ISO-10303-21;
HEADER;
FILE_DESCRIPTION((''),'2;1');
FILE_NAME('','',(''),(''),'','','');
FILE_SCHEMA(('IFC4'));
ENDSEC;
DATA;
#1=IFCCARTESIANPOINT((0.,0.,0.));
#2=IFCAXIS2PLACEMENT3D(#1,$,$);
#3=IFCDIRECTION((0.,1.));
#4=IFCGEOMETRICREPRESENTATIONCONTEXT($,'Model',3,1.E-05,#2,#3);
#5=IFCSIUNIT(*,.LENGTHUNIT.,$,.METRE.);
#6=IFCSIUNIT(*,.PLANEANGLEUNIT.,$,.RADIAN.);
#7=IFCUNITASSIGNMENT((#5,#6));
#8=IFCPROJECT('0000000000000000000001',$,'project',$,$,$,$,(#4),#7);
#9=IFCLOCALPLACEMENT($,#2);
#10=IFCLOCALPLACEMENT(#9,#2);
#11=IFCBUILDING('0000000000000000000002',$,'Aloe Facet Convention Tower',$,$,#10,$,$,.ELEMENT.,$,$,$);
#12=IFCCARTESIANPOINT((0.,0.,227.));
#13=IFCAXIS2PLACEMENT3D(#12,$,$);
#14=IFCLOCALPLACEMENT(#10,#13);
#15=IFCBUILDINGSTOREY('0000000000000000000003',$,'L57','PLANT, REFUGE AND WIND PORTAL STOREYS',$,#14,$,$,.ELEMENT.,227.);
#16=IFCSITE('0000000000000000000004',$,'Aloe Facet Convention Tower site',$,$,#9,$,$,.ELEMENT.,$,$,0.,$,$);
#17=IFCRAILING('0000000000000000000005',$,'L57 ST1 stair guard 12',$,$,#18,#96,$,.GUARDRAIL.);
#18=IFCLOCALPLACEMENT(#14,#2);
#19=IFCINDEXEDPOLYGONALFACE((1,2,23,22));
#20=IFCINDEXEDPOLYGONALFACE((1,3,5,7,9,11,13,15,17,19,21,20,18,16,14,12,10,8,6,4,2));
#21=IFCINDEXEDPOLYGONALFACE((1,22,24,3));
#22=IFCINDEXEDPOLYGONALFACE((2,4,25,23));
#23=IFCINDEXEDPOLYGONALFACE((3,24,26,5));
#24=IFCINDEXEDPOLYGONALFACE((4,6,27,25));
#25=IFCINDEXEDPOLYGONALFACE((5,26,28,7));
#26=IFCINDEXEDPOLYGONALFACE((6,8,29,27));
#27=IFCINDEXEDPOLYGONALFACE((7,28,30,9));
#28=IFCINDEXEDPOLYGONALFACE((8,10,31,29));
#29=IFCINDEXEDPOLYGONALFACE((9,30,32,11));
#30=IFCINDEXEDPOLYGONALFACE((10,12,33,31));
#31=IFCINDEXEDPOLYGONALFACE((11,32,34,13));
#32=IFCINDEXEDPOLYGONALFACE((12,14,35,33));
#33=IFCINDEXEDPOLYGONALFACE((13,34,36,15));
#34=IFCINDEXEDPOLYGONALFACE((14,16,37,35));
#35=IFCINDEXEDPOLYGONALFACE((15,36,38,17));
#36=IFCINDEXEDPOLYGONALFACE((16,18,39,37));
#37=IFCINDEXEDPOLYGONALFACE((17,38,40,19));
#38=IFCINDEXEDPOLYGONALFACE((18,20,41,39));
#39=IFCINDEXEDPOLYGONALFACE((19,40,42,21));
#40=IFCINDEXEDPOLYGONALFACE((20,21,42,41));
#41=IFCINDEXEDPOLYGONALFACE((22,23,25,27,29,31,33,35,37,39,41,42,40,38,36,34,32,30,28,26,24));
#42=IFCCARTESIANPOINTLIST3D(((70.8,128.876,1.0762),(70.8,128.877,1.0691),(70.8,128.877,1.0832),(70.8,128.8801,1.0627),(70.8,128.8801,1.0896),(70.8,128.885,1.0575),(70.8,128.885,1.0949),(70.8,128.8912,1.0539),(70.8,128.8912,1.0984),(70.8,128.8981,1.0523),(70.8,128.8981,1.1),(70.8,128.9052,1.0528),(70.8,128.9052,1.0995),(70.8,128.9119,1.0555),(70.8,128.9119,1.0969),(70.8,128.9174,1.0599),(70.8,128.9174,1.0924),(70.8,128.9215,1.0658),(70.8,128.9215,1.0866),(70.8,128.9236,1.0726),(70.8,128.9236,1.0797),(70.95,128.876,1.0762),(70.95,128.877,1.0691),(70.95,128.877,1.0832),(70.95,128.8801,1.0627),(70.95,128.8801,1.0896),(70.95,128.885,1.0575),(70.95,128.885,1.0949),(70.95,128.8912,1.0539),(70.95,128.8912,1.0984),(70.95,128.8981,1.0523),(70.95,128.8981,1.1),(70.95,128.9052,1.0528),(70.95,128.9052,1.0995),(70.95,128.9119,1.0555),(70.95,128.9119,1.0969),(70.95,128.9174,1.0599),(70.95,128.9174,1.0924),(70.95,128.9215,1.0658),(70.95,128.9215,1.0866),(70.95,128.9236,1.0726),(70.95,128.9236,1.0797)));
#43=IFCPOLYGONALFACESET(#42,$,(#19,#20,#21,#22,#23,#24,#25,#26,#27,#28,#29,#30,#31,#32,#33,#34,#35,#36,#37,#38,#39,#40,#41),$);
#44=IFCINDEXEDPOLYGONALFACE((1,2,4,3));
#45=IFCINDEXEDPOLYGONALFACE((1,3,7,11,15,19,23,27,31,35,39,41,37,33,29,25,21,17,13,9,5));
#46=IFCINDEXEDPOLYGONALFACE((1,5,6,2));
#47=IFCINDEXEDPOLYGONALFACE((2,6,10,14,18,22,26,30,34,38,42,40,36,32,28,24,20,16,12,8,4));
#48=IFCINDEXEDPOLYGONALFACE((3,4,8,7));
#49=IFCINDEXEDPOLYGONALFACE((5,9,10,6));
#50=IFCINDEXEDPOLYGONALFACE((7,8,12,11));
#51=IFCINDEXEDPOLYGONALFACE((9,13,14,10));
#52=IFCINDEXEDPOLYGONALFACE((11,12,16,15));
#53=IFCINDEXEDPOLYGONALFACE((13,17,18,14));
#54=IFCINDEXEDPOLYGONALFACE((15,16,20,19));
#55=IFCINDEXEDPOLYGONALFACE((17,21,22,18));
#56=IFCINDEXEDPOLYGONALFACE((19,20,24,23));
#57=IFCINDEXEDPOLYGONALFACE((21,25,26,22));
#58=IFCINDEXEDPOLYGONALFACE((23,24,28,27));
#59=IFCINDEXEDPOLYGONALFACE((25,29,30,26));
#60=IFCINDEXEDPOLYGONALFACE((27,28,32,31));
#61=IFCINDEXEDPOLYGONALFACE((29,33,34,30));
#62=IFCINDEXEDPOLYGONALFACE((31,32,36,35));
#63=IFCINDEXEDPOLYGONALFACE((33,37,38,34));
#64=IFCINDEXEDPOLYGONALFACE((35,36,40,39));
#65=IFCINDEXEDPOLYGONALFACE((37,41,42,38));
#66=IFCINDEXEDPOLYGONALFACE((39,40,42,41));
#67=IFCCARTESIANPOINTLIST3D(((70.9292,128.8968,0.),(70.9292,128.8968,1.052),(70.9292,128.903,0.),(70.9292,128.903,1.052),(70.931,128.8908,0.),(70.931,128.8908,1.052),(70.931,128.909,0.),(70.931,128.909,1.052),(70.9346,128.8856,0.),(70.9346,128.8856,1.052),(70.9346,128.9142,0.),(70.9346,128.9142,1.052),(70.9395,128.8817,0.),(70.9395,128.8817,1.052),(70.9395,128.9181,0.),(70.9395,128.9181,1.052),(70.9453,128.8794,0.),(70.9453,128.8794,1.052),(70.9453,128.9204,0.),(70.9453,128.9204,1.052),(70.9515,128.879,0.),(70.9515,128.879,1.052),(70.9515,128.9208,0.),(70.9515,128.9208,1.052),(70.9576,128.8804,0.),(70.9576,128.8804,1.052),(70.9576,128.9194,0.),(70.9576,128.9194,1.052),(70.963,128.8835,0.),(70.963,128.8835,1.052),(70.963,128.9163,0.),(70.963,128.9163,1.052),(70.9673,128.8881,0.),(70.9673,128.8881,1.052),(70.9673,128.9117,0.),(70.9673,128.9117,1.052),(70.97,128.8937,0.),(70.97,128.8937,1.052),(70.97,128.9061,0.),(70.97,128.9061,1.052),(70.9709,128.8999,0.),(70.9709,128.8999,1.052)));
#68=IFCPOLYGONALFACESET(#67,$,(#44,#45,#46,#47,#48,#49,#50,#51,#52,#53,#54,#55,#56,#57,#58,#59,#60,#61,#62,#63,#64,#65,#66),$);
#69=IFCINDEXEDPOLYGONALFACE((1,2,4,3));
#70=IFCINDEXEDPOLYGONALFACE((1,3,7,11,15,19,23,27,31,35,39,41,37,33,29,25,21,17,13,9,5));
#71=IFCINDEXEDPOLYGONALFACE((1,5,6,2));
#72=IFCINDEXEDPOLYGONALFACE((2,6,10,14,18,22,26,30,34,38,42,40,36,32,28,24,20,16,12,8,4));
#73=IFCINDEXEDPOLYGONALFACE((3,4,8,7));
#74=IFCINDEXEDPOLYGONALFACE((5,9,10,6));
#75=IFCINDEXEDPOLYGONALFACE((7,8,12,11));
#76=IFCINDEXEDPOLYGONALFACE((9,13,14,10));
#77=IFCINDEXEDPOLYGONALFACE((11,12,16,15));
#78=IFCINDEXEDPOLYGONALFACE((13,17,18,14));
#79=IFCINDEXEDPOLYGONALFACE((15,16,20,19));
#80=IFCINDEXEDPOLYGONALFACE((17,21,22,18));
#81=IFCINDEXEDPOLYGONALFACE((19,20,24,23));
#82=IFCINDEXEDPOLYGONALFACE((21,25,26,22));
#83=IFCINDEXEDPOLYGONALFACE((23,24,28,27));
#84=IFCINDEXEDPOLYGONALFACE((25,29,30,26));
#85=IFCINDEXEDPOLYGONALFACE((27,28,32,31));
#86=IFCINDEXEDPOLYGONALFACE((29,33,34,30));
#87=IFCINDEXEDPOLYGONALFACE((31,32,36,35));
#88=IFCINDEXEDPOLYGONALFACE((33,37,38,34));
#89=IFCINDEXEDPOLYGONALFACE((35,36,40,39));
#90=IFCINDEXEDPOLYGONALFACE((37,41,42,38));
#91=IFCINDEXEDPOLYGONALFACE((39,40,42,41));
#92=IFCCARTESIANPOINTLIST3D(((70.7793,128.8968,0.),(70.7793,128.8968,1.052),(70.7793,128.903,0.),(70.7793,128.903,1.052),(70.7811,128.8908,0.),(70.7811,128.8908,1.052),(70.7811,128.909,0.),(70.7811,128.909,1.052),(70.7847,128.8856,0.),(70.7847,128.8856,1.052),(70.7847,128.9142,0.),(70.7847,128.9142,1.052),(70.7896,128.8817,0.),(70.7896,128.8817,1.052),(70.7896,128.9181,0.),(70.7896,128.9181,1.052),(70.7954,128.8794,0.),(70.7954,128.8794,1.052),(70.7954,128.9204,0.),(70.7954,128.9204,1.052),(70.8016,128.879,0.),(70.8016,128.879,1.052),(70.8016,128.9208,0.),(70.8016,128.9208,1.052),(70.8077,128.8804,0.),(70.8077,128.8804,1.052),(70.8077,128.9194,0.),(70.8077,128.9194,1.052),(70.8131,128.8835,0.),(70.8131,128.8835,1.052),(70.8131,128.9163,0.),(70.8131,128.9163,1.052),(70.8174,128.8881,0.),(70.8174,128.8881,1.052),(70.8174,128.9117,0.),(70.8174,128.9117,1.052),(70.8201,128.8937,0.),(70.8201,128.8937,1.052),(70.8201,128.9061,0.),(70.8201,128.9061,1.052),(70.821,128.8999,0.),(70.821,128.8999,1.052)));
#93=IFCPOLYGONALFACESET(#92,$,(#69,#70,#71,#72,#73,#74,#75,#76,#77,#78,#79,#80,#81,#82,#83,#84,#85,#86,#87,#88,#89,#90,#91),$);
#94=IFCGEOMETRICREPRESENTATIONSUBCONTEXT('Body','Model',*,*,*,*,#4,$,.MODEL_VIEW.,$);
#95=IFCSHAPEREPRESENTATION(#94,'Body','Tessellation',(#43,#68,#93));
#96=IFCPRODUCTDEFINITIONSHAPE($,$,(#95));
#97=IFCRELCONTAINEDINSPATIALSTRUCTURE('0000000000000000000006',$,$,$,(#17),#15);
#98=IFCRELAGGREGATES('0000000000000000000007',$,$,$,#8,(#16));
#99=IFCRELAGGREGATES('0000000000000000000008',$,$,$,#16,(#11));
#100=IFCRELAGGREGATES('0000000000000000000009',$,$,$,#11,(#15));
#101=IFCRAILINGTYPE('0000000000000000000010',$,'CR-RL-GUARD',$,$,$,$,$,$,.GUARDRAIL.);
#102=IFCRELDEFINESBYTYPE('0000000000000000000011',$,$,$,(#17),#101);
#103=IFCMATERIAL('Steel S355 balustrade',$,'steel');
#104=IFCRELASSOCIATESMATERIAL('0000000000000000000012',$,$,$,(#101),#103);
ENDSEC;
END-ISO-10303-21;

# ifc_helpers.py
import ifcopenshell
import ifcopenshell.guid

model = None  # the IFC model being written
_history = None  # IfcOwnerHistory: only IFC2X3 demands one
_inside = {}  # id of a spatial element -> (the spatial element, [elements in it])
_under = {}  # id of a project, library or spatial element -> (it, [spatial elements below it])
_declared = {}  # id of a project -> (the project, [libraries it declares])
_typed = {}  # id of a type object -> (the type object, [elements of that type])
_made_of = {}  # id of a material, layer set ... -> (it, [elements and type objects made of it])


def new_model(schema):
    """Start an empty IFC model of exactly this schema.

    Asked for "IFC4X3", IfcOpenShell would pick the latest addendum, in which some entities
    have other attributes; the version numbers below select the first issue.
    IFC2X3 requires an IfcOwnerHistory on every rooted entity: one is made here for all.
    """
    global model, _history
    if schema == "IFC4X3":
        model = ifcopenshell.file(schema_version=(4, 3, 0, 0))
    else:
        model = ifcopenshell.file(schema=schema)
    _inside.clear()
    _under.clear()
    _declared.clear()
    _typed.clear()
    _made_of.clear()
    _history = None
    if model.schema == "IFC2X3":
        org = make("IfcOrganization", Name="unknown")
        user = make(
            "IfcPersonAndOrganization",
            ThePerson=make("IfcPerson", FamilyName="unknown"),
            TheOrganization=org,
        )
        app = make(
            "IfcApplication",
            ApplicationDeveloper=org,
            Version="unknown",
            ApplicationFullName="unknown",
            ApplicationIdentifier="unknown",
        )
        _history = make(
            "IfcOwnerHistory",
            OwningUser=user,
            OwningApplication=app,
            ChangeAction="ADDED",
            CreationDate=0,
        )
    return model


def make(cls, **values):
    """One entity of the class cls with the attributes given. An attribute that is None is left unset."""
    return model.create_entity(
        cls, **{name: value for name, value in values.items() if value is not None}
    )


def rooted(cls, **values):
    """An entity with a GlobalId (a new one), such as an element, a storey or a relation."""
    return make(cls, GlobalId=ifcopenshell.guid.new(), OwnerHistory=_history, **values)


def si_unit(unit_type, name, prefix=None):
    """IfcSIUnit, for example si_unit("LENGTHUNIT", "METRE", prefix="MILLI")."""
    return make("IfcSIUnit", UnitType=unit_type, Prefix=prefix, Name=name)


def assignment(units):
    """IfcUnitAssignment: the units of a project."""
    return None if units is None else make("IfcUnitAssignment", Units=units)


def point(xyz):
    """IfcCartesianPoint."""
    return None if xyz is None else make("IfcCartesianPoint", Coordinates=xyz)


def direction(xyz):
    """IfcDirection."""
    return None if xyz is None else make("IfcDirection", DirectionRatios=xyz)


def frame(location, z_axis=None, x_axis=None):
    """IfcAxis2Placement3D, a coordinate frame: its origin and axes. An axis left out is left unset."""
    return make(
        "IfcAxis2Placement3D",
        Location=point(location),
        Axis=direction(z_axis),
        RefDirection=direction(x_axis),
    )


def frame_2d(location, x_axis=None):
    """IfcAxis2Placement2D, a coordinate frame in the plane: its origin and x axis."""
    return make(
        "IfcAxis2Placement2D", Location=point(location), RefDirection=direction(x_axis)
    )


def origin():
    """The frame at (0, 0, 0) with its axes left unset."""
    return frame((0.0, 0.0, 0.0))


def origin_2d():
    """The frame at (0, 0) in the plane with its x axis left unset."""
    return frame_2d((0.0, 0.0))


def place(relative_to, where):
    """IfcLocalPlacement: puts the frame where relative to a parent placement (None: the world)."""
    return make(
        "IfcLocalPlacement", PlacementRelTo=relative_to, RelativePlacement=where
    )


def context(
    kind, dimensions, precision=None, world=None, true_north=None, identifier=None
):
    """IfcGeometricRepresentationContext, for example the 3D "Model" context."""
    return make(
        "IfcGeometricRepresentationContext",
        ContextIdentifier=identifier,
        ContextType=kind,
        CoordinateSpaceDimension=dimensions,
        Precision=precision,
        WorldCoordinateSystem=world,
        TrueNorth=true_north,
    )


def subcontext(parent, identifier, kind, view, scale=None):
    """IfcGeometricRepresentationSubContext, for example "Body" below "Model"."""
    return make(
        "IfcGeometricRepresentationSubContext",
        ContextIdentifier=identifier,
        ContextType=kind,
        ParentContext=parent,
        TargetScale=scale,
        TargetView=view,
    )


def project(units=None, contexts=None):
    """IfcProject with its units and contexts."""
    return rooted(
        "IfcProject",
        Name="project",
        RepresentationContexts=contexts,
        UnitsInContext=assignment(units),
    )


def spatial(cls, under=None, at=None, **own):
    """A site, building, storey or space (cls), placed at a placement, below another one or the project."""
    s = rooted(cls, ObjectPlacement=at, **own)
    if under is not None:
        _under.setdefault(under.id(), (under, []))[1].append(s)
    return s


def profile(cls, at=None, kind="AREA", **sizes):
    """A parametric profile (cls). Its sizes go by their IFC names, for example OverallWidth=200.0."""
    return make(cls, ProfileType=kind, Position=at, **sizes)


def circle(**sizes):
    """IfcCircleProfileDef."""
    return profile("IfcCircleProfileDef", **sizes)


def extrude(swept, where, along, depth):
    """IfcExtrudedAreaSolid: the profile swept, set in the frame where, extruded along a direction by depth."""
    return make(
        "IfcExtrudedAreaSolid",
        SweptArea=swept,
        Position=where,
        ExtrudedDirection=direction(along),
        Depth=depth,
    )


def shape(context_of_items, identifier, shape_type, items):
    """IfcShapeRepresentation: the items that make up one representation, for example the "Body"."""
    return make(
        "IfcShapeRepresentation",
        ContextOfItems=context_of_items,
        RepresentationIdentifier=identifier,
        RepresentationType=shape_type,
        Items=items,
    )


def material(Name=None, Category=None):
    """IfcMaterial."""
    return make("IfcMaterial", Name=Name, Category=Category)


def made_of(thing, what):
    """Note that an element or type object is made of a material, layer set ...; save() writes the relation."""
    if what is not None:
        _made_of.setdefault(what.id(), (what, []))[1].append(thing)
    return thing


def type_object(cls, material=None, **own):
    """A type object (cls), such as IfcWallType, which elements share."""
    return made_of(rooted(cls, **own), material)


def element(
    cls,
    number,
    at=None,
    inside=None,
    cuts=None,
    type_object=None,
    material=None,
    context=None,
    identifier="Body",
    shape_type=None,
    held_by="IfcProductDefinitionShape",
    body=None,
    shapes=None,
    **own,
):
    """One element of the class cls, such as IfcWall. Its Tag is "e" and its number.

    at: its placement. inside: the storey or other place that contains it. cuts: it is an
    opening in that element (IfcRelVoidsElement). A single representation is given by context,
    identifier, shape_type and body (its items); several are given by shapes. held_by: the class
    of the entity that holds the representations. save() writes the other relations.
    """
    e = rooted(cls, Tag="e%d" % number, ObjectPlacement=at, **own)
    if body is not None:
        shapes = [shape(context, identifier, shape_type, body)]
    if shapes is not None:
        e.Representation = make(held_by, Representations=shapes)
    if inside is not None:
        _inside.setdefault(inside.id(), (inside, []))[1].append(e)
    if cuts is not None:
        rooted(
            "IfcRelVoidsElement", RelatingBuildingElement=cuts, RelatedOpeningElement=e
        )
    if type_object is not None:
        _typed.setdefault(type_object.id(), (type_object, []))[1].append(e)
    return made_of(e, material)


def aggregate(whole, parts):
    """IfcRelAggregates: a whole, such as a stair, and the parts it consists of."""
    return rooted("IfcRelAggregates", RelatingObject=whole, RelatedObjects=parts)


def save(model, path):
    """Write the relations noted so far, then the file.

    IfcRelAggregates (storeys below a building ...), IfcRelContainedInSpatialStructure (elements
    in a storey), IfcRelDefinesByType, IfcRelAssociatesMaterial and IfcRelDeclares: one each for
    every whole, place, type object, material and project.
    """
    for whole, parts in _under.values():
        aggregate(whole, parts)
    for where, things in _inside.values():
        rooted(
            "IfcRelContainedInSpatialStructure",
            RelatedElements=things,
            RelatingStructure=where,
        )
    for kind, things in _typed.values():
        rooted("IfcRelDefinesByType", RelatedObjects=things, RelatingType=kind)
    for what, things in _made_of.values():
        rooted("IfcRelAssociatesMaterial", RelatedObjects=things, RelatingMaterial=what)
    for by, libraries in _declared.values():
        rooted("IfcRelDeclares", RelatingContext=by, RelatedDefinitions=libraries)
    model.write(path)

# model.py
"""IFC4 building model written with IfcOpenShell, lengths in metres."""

from ifc_helpers import new_model, si_unit, direction, frame, origin, origin_2d, place, context, subcontext, project, spatial, circle, extrude, material, type_object, element, save


model = new_model("IFC4")

# Units and contexts
model_context = context("Model", 3, precision=1e-05, world=origin(), true_north=direction((0.0, 1.0)))
body_context = subcontext(model_context, "Body", "Model", "MODEL_VIEW")
ifc_project = project(units=[si_unit("LENGTHUNIT", "METRE"), si_unit("PLANEANGLEUNIT", "RADIAN")], contexts=[model_context])

# Site, building, storey
site_placement = place(None, origin())
site = spatial("IfcSite", under=ifc_project, at=site_placement, Name="Aloe Facet Convention Tower site", CompositionType="ELEMENT", RefElevation=0.0)
building_placement = place(site_placement, origin())
building = spatial("IfcBuilding", under=site, at=building_placement, Name="Aloe Facet Convention Tower", CompositionType="ELEMENT")
storey_placement = place(building_placement, frame((0.0, 0.0, 227.0)))
storey = spatial("IfcBuildingStorey", under=building, at=storey_placement, Name="L57", Description="PLANT, REFUGE AND WIND PORTAL STOREYS", CompositionType="ELEMENT", Elevation=227.0)

# Railing
ifc_material_1 = material(Name="Steel S355 balustrade", Category="steel")
railing_type_1 = type_object("IfcRailingType", Name="CR-RL-GUARD", PredefinedType="GUARDRAIL", material=ifc_material_1)
railing_1_placement = place(storey_placement, frame((70.95, 128.8999, 0.0)))
element("IfcRailing", 1, at=railing_1_placement, inside=storey, type_object=railing_type_1, Name="L57 ST1 stair guard 12", PredefinedType="GUARDRAIL", context=body_context, shape_type="SweptSolid", body=[
    extrude(circle(Radius=0.0239, at=origin_2d()), frame((0.0, 0.0, 1.0762), z_axis=(-1.0, 0.0, 0.0), x_axis=(0.0, -1.0, 0.0)), (0.0, 0.0, 1.0), 0.1499),
    extrude(circle(Radius=0.021, at=origin_2d()), origin(), (0.0, 0.0, 1.0), 1.052),
    extrude(circle(Radius=0.021, at=origin_2d()), frame((-0.1499, 0.0, 0.0)), (0.0, 0.0, 1.0), 1.052),
])

save(model, "model.ifc")
